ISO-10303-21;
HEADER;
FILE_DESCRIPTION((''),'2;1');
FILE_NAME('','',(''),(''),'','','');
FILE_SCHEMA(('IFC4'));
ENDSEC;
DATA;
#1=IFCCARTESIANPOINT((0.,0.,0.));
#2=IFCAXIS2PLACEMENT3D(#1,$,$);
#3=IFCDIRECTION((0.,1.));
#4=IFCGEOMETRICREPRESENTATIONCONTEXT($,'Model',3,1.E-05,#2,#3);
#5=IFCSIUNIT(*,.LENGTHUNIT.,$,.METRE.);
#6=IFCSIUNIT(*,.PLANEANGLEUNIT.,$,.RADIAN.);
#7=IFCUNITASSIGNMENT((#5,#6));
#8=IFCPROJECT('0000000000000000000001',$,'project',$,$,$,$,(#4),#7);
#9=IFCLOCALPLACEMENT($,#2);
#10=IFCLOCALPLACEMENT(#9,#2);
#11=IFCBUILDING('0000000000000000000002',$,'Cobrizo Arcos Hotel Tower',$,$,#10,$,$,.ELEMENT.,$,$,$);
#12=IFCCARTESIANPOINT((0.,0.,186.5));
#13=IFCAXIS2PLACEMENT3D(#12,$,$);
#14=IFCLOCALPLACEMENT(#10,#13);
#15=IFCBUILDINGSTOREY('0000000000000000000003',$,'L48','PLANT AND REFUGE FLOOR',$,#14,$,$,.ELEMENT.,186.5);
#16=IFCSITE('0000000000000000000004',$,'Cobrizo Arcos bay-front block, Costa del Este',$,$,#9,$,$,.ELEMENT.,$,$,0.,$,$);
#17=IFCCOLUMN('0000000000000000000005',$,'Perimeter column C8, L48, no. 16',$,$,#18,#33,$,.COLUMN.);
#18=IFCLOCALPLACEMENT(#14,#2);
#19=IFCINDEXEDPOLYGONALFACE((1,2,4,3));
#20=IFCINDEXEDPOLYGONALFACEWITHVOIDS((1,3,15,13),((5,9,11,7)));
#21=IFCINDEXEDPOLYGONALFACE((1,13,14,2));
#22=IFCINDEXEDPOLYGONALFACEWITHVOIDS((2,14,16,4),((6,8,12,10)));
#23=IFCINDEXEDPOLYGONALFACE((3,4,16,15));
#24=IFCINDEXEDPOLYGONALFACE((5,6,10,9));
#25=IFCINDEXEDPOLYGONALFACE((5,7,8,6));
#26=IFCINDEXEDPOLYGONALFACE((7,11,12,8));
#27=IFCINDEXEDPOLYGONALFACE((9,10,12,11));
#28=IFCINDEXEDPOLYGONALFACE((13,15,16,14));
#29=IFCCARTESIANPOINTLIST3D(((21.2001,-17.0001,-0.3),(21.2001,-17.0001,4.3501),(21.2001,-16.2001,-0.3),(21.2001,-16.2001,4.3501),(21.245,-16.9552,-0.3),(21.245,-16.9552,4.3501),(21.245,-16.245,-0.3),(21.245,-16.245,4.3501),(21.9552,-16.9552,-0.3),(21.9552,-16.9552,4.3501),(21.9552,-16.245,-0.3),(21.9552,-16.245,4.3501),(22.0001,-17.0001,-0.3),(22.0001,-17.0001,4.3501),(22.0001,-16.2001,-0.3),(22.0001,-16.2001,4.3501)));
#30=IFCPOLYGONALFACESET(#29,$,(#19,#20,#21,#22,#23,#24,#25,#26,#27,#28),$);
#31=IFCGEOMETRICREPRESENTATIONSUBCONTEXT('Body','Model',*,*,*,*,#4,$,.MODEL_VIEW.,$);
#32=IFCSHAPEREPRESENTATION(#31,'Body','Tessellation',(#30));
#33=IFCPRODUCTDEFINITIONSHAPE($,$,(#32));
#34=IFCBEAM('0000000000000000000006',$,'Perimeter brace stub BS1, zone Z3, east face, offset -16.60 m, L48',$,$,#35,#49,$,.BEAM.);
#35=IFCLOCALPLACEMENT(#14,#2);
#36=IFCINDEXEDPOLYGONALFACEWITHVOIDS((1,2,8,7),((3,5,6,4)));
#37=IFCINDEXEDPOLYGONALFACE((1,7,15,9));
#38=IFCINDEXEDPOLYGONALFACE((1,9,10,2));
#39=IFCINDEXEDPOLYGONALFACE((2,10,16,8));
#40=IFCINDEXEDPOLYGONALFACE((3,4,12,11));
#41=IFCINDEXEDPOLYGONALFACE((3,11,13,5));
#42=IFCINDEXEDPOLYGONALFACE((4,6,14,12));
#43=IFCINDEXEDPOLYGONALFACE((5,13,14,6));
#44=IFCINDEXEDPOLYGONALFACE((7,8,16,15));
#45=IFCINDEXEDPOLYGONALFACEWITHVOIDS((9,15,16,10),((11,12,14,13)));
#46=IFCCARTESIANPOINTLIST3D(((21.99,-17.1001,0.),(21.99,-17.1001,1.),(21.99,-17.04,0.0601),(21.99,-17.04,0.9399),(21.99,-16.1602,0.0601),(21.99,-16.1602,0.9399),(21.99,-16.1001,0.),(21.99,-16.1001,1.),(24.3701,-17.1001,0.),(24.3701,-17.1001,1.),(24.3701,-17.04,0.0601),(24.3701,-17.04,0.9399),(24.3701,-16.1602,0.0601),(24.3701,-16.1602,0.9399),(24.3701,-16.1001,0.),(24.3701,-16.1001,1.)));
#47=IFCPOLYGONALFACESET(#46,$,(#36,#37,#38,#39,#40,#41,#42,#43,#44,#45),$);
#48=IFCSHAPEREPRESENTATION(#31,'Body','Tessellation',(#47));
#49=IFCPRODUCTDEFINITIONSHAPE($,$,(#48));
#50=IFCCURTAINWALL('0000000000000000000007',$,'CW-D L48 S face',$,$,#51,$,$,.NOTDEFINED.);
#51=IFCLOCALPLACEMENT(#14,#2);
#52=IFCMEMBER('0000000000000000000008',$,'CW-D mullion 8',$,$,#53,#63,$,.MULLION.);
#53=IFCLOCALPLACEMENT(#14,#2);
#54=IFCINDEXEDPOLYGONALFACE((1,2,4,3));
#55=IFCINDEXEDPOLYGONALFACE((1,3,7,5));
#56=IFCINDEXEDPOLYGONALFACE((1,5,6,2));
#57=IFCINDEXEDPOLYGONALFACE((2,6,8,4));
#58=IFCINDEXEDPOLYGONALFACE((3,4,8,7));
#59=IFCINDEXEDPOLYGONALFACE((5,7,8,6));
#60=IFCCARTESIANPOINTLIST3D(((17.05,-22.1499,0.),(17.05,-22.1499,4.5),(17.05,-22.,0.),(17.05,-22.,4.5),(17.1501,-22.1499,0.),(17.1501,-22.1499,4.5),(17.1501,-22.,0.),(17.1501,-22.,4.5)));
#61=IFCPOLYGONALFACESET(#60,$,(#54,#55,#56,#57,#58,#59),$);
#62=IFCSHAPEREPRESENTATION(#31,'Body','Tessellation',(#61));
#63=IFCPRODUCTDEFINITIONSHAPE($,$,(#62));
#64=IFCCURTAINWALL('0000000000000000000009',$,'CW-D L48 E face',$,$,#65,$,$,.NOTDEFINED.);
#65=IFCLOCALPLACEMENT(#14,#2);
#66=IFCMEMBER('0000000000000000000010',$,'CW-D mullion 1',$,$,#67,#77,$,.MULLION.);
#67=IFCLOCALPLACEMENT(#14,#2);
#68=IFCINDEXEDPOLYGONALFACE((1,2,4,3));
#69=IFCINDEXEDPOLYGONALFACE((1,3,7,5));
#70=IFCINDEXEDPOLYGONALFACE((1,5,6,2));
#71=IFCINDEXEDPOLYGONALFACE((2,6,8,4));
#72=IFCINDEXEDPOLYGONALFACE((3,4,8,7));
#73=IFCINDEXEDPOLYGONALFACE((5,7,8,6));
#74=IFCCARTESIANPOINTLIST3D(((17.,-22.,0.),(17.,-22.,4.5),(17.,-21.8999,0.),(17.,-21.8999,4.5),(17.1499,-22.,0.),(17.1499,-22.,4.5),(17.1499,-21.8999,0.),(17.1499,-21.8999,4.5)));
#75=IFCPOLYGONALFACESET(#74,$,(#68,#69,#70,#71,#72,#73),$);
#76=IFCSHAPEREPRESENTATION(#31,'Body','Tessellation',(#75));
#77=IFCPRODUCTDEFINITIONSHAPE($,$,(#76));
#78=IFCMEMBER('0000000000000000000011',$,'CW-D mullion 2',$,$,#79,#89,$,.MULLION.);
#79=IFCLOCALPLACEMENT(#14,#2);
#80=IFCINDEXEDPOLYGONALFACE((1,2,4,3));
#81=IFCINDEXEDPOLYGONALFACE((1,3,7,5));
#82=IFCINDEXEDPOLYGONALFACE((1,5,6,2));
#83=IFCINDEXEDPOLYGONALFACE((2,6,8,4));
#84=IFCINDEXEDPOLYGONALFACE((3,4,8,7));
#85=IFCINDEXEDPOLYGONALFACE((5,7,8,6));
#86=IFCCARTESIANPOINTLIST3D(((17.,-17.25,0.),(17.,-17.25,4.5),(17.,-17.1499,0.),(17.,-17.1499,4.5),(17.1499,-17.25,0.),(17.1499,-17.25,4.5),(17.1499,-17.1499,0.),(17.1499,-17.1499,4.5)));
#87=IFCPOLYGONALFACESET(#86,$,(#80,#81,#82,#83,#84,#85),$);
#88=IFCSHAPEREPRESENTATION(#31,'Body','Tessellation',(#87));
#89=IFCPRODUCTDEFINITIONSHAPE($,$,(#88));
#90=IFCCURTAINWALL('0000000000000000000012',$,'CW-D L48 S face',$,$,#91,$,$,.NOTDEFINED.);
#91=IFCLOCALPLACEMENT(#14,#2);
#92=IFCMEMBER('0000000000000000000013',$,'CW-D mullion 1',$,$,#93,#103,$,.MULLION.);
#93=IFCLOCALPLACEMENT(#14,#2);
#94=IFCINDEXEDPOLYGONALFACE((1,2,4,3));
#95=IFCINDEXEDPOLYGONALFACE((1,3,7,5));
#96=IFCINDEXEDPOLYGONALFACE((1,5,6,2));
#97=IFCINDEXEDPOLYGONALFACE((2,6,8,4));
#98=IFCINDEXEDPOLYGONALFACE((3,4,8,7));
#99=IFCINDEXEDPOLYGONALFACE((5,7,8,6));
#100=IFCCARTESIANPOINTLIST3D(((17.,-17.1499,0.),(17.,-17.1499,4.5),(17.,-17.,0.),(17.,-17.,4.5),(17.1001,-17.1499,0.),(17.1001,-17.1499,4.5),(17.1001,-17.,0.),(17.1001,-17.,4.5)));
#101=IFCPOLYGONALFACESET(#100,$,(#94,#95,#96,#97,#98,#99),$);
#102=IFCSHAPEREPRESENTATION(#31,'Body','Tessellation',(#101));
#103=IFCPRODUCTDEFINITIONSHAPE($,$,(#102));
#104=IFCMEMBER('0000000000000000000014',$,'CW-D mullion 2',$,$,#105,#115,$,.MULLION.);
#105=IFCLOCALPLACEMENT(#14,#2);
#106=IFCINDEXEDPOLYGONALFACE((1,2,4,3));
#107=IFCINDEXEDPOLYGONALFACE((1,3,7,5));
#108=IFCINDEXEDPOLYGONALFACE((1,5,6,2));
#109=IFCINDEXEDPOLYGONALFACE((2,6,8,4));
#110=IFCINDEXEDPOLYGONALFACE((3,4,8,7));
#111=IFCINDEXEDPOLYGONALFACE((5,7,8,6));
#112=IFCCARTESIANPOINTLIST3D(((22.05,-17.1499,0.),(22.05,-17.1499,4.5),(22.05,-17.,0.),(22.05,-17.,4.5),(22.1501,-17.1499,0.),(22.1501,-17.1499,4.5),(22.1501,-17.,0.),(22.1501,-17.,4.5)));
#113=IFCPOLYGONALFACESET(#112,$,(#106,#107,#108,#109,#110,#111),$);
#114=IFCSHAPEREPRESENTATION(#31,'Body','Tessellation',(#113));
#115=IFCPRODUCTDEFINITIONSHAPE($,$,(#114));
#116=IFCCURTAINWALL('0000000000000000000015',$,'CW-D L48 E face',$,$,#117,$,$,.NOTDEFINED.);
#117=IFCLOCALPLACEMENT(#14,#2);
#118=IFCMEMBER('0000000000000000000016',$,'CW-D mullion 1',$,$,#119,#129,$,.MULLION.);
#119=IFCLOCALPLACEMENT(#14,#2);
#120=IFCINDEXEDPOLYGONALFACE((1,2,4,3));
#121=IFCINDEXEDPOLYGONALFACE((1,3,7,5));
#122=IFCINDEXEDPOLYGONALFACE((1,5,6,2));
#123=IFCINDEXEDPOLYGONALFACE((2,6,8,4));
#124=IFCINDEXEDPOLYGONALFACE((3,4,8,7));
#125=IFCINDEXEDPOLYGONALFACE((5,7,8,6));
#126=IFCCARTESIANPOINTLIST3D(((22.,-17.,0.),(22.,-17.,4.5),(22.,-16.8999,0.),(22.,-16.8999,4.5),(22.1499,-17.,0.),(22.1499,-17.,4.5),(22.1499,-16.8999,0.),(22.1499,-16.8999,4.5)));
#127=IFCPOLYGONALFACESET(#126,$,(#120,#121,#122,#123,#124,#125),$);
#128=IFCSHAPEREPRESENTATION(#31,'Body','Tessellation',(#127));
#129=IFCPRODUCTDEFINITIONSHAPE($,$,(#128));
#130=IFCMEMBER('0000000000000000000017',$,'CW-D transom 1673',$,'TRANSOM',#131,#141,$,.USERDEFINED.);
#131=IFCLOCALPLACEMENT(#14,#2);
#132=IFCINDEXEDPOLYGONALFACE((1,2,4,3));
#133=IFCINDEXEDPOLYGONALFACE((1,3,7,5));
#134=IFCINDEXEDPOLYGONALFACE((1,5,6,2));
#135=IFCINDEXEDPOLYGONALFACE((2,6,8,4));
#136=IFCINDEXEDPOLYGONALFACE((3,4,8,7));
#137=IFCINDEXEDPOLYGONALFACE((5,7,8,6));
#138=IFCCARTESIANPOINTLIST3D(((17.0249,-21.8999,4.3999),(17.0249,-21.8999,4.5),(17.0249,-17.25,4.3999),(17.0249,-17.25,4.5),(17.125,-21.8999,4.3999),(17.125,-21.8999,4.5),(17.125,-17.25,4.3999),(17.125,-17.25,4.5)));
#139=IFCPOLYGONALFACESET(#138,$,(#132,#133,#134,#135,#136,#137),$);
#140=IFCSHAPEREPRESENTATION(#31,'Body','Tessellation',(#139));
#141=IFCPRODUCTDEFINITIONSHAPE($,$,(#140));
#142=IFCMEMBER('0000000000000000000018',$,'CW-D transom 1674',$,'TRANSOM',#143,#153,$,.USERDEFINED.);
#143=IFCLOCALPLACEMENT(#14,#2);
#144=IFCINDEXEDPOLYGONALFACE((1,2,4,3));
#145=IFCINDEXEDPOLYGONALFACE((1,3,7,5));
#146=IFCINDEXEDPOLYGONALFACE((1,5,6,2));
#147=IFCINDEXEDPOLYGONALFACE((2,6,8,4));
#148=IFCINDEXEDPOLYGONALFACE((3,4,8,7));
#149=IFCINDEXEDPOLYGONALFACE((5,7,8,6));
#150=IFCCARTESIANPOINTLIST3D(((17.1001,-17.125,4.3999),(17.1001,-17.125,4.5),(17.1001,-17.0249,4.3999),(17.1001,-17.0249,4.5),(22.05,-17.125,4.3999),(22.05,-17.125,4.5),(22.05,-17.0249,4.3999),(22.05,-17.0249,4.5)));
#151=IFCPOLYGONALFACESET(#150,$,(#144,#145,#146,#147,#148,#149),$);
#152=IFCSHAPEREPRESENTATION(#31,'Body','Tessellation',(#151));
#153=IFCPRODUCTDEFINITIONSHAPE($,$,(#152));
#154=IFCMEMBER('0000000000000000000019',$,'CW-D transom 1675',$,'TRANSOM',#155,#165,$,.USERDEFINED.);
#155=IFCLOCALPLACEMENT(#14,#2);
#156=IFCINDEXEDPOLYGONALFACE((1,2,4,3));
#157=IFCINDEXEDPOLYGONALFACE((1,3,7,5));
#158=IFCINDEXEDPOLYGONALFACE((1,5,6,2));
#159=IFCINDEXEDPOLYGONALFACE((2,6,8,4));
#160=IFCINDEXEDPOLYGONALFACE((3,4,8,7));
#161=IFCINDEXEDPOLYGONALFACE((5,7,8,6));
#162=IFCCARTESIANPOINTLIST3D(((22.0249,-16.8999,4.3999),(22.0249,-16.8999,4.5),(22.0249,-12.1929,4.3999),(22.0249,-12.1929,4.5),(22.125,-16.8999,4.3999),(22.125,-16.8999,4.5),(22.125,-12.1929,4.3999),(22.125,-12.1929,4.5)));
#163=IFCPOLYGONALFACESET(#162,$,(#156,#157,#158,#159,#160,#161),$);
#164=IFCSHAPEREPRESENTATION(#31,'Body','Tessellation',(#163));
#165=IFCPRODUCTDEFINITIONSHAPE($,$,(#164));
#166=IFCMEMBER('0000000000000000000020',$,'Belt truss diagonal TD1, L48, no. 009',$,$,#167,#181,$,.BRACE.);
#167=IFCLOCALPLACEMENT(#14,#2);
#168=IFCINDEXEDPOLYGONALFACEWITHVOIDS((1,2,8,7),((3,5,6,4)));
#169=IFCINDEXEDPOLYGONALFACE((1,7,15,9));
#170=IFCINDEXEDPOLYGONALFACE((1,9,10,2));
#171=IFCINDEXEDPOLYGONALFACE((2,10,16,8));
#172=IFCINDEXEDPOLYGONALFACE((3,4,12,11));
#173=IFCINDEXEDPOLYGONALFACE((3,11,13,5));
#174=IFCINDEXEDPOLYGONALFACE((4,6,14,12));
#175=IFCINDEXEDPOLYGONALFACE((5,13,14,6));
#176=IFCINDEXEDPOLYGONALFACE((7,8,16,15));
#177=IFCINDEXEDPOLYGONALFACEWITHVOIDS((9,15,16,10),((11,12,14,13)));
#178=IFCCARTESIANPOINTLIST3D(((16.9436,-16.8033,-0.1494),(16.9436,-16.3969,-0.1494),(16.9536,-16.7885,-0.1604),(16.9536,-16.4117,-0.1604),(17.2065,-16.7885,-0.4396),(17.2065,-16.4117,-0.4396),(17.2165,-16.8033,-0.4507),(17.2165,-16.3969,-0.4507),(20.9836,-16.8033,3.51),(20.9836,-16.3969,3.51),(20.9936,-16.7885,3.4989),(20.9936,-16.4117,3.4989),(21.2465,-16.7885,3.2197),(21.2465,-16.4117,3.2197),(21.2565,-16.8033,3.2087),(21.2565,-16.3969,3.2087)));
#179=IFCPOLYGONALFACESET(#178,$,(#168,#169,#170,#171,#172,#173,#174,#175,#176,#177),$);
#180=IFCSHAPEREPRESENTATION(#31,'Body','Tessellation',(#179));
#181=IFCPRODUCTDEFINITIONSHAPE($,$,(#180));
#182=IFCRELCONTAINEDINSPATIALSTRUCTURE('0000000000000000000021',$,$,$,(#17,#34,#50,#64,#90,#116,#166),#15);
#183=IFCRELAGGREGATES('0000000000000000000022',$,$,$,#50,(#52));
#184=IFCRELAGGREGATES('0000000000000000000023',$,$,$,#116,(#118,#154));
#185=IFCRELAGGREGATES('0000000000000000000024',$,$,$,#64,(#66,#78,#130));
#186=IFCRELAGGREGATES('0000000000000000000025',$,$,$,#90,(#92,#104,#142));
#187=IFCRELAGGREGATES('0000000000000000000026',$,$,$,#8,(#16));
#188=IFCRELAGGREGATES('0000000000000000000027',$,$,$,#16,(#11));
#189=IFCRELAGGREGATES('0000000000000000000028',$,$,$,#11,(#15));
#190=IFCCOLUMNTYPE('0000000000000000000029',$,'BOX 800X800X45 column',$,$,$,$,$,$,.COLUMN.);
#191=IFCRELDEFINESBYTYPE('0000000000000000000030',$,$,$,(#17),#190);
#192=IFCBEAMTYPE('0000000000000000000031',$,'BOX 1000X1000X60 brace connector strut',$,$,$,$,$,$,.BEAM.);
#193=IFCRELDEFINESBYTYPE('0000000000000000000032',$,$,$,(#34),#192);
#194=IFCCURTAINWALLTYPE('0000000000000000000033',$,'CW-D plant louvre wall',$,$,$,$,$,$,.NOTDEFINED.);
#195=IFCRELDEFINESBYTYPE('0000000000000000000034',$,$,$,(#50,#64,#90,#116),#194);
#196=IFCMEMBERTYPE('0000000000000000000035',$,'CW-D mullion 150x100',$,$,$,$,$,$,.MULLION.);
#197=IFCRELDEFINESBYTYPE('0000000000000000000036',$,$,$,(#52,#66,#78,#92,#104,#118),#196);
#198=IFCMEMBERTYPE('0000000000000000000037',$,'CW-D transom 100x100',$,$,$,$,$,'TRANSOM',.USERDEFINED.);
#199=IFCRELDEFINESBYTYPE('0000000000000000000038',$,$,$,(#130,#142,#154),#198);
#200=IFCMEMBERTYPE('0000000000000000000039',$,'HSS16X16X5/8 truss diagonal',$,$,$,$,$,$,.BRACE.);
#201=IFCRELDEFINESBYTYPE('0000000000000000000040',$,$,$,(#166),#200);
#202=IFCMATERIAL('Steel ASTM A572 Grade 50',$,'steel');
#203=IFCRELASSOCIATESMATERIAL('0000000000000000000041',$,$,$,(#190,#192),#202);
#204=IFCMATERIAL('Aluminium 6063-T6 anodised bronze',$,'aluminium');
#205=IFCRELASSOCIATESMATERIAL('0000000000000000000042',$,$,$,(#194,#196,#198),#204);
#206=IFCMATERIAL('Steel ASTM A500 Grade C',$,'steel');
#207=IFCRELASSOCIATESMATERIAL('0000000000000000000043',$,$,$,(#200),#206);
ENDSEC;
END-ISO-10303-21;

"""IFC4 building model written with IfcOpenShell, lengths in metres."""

from ifc_helpers import new_model, si_unit, direction, frame, origin, origin_2d, place, context, subcontext, project, spatial, rectangle, hollow_rectangle, extrude, material, material_profile, profile_set, type_object, element, aggregate, save


model = new_model("IFC4")

# Units and contexts
model_context = context("Model", 3, precision=1e-05, world=origin(), true_north=direction((0.0, 1.0)))
body_context = subcontext(model_context, "Body", "Model", "MODEL_VIEW")
ifc_project = project(units=[si_unit("LENGTHUNIT", "METRE"), si_unit("PLANEANGLEUNIT", "RADIAN")], contexts=[model_context])

# Site, building, storey
site_placement = place(None, origin())
site = spatial("IfcSite", under=ifc_project, at=site_placement, Name="Cobrizo Arcos bay-front block, Costa del Este", CompositionType="ELEMENT", RefElevation=0.0)
building_placement = place(site_placement, origin())
building = spatial("IfcBuilding", under=site, at=building_placement, Name="Cobrizo Arcos Hotel Tower", CompositionType="ELEMENT")
storey_placement = place(building_placement, frame((0.0, 0.0, 186.5)))
storey = spatial("IfcBuildingStorey", under=building, at=storey_placement, Name="L48", Description="PLANT AND REFUGE FLOOR", CompositionType="ELEMENT", Elevation=186.5)

# Column
ifc_material_1 = material(Name="Steel ASTM A572 Grade 50", Category="steel")
ifc_material_profile_1 = material_profile(ifc_material_1, hollow_rectangle(XDim=0.8, YDim=0.8, WallThickness=0.0449, at=origin_2d()), Name="BOX 800X800X45")
ifc_profile_set_1 = profile_set([ifc_material_profile_1], Name="Steel ASTM A572 Grade 50")
column_type = type_object("IfcColumnType", Name="BOX 800X800X45 column", PredefinedType="COLUMN", material=ifc_profile_set_1)
column_placement = place(storey_placement, frame((21.6001, -16.6001, -0.3), z_axis=(0.0, 0.0, 1.0), x_axis=(1.0, 0.0, 0.0)))
element("IfcColumn", 1, at=column_placement, inside=storey, type_object=column_type, Name="Perimeter column C8, L48, no. 16", PredefinedType="COLUMN", context=body_context, shape_type="SweptSolid", body=[
    extrude(hollow_rectangle(XDim=0.8, YDim=0.8, WallThickness=0.0449, at=origin_2d()), origin(), (0.0, 0.0, 1.0), 4.6501),
])

# Beam
ifc_material_profile_2 = material_profile(ifc_material_1, hollow_rectangle(XDim=1.0, YDim=1.0, WallThickness=0.0601, at=origin_2d()), Name="BOX 1000X1000X60")
ifc_profile_set_2 = profile_set([ifc_material_profile_2], Name="Steel ASTM A572 Grade 50")
beam_type_1 = type_object("IfcBeamType", Name="BOX 1000X1000X60 brace connector strut", PredefinedType="BEAM", material=ifc_profile_set_2)
beam_1_placement = place(storey_placement, frame((21.99, -16.6001, 0.5), z_axis=(1.0, 0.0, 0.0), x_axis=(0.0, 1.0, 0.0)))
element("IfcBeam", 2, at=beam_1_placement, inside=storey, type_object=beam_type_1, Name="Perimeter brace stub BS1, zone Z3, east face, offset -16.60 m, L48", PredefinedType="BEAM", context=body_context, shape_type="SweptSolid", body=[
    extrude(hollow_rectangle(XDim=1.0, YDim=1.0, WallThickness=0.0601, at=origin_2d()), origin(), (0.0, 0.0, 1.0), 2.3801),
])

# Curtain wall, member
ifc_material_2 = material(Name="Aluminium 6063-T6 anodised bronze", Category="aluminium")
curtain_wall_type = type_object("IfcCurtainWallType", Name="CW-D plant louvre wall", PredefinedType="NOTDEFINED", material=ifc_material_2)
curtain_wall_1_placement = place(storey_placement, origin())
curtain_wall_1 = element("IfcCurtainWall", 3, at=curtain_wall_1_placement, inside=storey, type_object=curtain_wall_type, Name="CW-D L48 S face", PredefinedType="NOTDEFINED")
ifc_material_profile_3 = material_profile(ifc_material_2, rectangle(XDim=0.1499, YDim=0.1001, at=origin_2d()), Name="CW-D mullion 150x100")
ifc_profile_set_3 = profile_set([ifc_material_profile_3], Name="Aluminium 6063-T6 anodised bronze")
member_type_1 = type_object("IfcMemberType", Name="CW-D mullion 150x100", PredefinedType="MULLION", material=ifc_profile_set_3)
member_1_placement = place(storey_placement, frame((17.1001, -22.075, 0.0), z_axis=(0.0, 0.0, 1.0), x_axis=(0.0, -1.0, 0.0)))
member_1 = element("IfcMember", 4, at=member_1_placement, type_object=member_type_1, Name="CW-D mullion 8", PredefinedType="MULLION", context=body_context, shape_type="SweptSolid", body=[
    extrude(rectangle(XDim=0.1499, YDim=0.1001, at=origin_2d()), origin(), (0.0, 0.0, 1.0), 4.5),
])
aggregate(curtain_wall_1, [member_1])

# Curtain walls, members
curtain_wall_2_placement = place(storey_placement, origin())
curtain_wall_2 = element("IfcCurtainWall", 5, at=curtain_wall_2_placement, inside=storey, type_object=curtain_wall_type, Name="CW-D L48 E face", PredefinedType="NOTDEFINED")
member_2_placement = place(storey_placement, frame((17.075, -21.95, 0.0), z_axis=(0.0, 0.0, 1.0), x_axis=(1.0, 0.0, 0.0)))
member_2 = element("IfcMember", 6, at=member_2_placement, type_object=member_type_1, Name="CW-D mullion 1", PredefinedType="MULLION", context=body_context, shape_type="SweptSolid", body=[
    extrude(rectangle(XDim=0.1499, YDim=0.1001, at=origin_2d()), origin(), (0.0, 0.0, 1.0), 4.5),
])
member_3_placement = place(storey_placement, frame((17.075, -17.2, 0.0), z_axis=(0.0, 0.0, 1.0), x_axis=(1.0, 0.0, 0.0)))
member_3 = element("IfcMember", 7, at=member_3_placement, type_object=member_type_1, Name="CW-D mullion 2", PredefinedType="MULLION", context=body_context, shape_type="SweptSolid", body=[
    extrude(rectangle(XDim=0.1499, YDim=0.1001, at=origin_2d()), origin(), (0.0, 0.0, 1.0), 4.5),
])
curtain_wall_3_placement = place(storey_placement, origin())
curtain_wall_3 = element("IfcCurtainWall", 8, at=curtain_wall_3_placement, inside=storey, type_object=curtain_wall_type, Name="CW-D L48 S face", PredefinedType="NOTDEFINED")
member_4_placement = place(storey_placement, frame((17.05, -17.075, 0.0), z_axis=(0.0, 0.0, 1.0), x_axis=(0.0, -1.0, 0.0)))
member_4 = element("IfcMember", 9, at=member_4_placement, type_object=member_type_1, Name="CW-D mullion 1", PredefinedType="MULLION", context=body_context, shape_type="SweptSolid", body=[
    extrude(rectangle(XDim=0.1499, YDim=0.1001, at=origin_2d()), origin(), (0.0, 0.0, 1.0), 4.5),
])
member_5_placement = place(storey_placement, frame((22.1001, -17.075, 0.0), z_axis=(0.0, 0.0, 1.0), x_axis=(0.0, -1.0, 0.0)))
member_5 = element("IfcMember", 10, at=member_5_placement, type_object=member_type_1, Name="CW-D mullion 2", PredefinedType="MULLION", context=body_context, shape_type="SweptSolid", body=[
    extrude(rectangle(XDim=0.1499, YDim=0.1001, at=origin_2d()), origin(), (0.0, 0.0, 1.0), 4.5),
])

# Curtain wall, member
curtain_wall_4_placement = place(storey_placement, origin())
curtain_wall_4 = element("IfcCurtainWall", 11, at=curtain_wall_4_placement, inside=storey, type_object=curtain_wall_type, Name="CW-D L48 E face", PredefinedType="NOTDEFINED")
member_6_placement = place(storey_placement, frame((22.075, -16.95, 0.0), z_axis=(0.0, 0.0, 1.0), x_axis=(1.0, 0.0, 0.0)))
member_6 = element("IfcMember", 12, at=member_6_placement, type_object=member_type_1, Name="CW-D mullion 1", PredefinedType="MULLION", context=body_context, shape_type="SweptSolid", body=[
    extrude(rectangle(XDim=0.1499, YDim=0.1001, at=origin_2d()), origin(), (0.0, 0.0, 1.0), 4.5),
])

# Members
ifc_material_profile_4 = material_profile(ifc_material_2, rectangle(XDim=0.1001, YDim=0.1001, at=origin_2d()), Name="CW-D transom 100x100")
ifc_profile_set_4 = profile_set([ifc_material_profile_4], Name="Aluminium 6063-T6 anodised bronze")
member_type_2 = type_object("IfcMemberType", Name="CW-D transom 100x100", ElementType="TRANSOM", PredefinedType="USERDEFINED", material=ifc_profile_set_4)
member_7_placement = place(storey_placement, frame((17.075, -21.8999, 4.45), z_axis=(0.0, 1.0, 0.0), x_axis=(-1.0, 0.0, 0.0)))
member_7 = element("IfcMember", 13, at=member_7_placement, type_object=member_type_2, Name="CW-D transom 1673", ObjectType="TRANSOM", PredefinedType="USERDEFINED", context=body_context, shape_type="SweptSolid", body=[
    extrude(rectangle(XDim=0.1001, YDim=0.1001, at=origin_2d()), origin(), (0.0, 0.0, 1.0), 4.6499),
])
member_8_placement = place(storey_placement, frame((17.1001, -17.075, 4.45), z_axis=(1.0, 0.0, 0.0), x_axis=(0.0, 1.0, 0.0)))
member_8 = element("IfcMember", 14, at=member_8_placement, type_object=member_type_2, Name="CW-D transom 1674", ObjectType="TRANSOM", PredefinedType="USERDEFINED", context=body_context, shape_type="SweptSolid", body=[
    extrude(rectangle(XDim=0.1001, YDim=0.1001, at=origin_2d()), origin(), (0.0, 0.0, 1.0), 4.95),
])
member_9_placement = place(storey_placement, frame((22.075, -16.8999, 4.45), z_axis=(0.0, 1.0, 0.0), x_axis=(-1.0, 0.0, 0.0)))
member_9 = element("IfcMember", 15, at=member_9_placement, type_object=member_type_2, Name="CW-D transom 1675", ObjectType="TRANSOM", PredefinedType="USERDEFINED", context=body_context, shape_type="SweptSolid", body=[
    extrude(rectangle(XDim=0.1001, YDim=0.1001, at=origin_2d()), origin(), (0.0, 0.0, 1.0), 4.707),
])
aggregate(curtain_wall_4, [member_6, member_9])

# Member
ifc_material_3 = material(Name="Steel ASTM A500 Grade C", Category="steel")
ifc_material_profile_5 = material_profile(ifc_material_3, hollow_rectangle(XDim=0.4065, YDim=0.4065, WallThickness=0.0149, at=origin_2d()), Name="HSS16X16X5/8")
ifc_profile_set_5 = profile_set([ifc_material_profile_5], Name="Steel ASTM A500 Grade C")
member_type_3 = type_object("IfcMemberType", Name="HSS16X16X5/8 truss diagonal", PredefinedType="BRACE", material=ifc_profile_set_5)
member_10_placement = place(storey_placement, frame((17.0801, -16.6001, -0.3), z_axis=(0.741157, 0.0, 0.671332), x_axis=(0.0, 1.0, 0.0)))
element("IfcMember", 16, at=member_10_placement, inside=storey, type_object=member_type_3, Name="Belt truss diagonal TD1, L48, no. 009", PredefinedType="BRACE", context=body_context, shape_type="SweptSolid", body=[
    extrude(hollow_rectangle(XDim=0.4065, YDim=0.4065, WallThickness=0.0149, at=origin_2d()), origin(), (0.0, 0.0, 1.0), 5.4509),
])

aggregate(curtain_wall_2, [member_2, member_3, member_7])
aggregate(curtain_wall_3, [member_4, member_5, member_8])

save(model, "model.ifc")
